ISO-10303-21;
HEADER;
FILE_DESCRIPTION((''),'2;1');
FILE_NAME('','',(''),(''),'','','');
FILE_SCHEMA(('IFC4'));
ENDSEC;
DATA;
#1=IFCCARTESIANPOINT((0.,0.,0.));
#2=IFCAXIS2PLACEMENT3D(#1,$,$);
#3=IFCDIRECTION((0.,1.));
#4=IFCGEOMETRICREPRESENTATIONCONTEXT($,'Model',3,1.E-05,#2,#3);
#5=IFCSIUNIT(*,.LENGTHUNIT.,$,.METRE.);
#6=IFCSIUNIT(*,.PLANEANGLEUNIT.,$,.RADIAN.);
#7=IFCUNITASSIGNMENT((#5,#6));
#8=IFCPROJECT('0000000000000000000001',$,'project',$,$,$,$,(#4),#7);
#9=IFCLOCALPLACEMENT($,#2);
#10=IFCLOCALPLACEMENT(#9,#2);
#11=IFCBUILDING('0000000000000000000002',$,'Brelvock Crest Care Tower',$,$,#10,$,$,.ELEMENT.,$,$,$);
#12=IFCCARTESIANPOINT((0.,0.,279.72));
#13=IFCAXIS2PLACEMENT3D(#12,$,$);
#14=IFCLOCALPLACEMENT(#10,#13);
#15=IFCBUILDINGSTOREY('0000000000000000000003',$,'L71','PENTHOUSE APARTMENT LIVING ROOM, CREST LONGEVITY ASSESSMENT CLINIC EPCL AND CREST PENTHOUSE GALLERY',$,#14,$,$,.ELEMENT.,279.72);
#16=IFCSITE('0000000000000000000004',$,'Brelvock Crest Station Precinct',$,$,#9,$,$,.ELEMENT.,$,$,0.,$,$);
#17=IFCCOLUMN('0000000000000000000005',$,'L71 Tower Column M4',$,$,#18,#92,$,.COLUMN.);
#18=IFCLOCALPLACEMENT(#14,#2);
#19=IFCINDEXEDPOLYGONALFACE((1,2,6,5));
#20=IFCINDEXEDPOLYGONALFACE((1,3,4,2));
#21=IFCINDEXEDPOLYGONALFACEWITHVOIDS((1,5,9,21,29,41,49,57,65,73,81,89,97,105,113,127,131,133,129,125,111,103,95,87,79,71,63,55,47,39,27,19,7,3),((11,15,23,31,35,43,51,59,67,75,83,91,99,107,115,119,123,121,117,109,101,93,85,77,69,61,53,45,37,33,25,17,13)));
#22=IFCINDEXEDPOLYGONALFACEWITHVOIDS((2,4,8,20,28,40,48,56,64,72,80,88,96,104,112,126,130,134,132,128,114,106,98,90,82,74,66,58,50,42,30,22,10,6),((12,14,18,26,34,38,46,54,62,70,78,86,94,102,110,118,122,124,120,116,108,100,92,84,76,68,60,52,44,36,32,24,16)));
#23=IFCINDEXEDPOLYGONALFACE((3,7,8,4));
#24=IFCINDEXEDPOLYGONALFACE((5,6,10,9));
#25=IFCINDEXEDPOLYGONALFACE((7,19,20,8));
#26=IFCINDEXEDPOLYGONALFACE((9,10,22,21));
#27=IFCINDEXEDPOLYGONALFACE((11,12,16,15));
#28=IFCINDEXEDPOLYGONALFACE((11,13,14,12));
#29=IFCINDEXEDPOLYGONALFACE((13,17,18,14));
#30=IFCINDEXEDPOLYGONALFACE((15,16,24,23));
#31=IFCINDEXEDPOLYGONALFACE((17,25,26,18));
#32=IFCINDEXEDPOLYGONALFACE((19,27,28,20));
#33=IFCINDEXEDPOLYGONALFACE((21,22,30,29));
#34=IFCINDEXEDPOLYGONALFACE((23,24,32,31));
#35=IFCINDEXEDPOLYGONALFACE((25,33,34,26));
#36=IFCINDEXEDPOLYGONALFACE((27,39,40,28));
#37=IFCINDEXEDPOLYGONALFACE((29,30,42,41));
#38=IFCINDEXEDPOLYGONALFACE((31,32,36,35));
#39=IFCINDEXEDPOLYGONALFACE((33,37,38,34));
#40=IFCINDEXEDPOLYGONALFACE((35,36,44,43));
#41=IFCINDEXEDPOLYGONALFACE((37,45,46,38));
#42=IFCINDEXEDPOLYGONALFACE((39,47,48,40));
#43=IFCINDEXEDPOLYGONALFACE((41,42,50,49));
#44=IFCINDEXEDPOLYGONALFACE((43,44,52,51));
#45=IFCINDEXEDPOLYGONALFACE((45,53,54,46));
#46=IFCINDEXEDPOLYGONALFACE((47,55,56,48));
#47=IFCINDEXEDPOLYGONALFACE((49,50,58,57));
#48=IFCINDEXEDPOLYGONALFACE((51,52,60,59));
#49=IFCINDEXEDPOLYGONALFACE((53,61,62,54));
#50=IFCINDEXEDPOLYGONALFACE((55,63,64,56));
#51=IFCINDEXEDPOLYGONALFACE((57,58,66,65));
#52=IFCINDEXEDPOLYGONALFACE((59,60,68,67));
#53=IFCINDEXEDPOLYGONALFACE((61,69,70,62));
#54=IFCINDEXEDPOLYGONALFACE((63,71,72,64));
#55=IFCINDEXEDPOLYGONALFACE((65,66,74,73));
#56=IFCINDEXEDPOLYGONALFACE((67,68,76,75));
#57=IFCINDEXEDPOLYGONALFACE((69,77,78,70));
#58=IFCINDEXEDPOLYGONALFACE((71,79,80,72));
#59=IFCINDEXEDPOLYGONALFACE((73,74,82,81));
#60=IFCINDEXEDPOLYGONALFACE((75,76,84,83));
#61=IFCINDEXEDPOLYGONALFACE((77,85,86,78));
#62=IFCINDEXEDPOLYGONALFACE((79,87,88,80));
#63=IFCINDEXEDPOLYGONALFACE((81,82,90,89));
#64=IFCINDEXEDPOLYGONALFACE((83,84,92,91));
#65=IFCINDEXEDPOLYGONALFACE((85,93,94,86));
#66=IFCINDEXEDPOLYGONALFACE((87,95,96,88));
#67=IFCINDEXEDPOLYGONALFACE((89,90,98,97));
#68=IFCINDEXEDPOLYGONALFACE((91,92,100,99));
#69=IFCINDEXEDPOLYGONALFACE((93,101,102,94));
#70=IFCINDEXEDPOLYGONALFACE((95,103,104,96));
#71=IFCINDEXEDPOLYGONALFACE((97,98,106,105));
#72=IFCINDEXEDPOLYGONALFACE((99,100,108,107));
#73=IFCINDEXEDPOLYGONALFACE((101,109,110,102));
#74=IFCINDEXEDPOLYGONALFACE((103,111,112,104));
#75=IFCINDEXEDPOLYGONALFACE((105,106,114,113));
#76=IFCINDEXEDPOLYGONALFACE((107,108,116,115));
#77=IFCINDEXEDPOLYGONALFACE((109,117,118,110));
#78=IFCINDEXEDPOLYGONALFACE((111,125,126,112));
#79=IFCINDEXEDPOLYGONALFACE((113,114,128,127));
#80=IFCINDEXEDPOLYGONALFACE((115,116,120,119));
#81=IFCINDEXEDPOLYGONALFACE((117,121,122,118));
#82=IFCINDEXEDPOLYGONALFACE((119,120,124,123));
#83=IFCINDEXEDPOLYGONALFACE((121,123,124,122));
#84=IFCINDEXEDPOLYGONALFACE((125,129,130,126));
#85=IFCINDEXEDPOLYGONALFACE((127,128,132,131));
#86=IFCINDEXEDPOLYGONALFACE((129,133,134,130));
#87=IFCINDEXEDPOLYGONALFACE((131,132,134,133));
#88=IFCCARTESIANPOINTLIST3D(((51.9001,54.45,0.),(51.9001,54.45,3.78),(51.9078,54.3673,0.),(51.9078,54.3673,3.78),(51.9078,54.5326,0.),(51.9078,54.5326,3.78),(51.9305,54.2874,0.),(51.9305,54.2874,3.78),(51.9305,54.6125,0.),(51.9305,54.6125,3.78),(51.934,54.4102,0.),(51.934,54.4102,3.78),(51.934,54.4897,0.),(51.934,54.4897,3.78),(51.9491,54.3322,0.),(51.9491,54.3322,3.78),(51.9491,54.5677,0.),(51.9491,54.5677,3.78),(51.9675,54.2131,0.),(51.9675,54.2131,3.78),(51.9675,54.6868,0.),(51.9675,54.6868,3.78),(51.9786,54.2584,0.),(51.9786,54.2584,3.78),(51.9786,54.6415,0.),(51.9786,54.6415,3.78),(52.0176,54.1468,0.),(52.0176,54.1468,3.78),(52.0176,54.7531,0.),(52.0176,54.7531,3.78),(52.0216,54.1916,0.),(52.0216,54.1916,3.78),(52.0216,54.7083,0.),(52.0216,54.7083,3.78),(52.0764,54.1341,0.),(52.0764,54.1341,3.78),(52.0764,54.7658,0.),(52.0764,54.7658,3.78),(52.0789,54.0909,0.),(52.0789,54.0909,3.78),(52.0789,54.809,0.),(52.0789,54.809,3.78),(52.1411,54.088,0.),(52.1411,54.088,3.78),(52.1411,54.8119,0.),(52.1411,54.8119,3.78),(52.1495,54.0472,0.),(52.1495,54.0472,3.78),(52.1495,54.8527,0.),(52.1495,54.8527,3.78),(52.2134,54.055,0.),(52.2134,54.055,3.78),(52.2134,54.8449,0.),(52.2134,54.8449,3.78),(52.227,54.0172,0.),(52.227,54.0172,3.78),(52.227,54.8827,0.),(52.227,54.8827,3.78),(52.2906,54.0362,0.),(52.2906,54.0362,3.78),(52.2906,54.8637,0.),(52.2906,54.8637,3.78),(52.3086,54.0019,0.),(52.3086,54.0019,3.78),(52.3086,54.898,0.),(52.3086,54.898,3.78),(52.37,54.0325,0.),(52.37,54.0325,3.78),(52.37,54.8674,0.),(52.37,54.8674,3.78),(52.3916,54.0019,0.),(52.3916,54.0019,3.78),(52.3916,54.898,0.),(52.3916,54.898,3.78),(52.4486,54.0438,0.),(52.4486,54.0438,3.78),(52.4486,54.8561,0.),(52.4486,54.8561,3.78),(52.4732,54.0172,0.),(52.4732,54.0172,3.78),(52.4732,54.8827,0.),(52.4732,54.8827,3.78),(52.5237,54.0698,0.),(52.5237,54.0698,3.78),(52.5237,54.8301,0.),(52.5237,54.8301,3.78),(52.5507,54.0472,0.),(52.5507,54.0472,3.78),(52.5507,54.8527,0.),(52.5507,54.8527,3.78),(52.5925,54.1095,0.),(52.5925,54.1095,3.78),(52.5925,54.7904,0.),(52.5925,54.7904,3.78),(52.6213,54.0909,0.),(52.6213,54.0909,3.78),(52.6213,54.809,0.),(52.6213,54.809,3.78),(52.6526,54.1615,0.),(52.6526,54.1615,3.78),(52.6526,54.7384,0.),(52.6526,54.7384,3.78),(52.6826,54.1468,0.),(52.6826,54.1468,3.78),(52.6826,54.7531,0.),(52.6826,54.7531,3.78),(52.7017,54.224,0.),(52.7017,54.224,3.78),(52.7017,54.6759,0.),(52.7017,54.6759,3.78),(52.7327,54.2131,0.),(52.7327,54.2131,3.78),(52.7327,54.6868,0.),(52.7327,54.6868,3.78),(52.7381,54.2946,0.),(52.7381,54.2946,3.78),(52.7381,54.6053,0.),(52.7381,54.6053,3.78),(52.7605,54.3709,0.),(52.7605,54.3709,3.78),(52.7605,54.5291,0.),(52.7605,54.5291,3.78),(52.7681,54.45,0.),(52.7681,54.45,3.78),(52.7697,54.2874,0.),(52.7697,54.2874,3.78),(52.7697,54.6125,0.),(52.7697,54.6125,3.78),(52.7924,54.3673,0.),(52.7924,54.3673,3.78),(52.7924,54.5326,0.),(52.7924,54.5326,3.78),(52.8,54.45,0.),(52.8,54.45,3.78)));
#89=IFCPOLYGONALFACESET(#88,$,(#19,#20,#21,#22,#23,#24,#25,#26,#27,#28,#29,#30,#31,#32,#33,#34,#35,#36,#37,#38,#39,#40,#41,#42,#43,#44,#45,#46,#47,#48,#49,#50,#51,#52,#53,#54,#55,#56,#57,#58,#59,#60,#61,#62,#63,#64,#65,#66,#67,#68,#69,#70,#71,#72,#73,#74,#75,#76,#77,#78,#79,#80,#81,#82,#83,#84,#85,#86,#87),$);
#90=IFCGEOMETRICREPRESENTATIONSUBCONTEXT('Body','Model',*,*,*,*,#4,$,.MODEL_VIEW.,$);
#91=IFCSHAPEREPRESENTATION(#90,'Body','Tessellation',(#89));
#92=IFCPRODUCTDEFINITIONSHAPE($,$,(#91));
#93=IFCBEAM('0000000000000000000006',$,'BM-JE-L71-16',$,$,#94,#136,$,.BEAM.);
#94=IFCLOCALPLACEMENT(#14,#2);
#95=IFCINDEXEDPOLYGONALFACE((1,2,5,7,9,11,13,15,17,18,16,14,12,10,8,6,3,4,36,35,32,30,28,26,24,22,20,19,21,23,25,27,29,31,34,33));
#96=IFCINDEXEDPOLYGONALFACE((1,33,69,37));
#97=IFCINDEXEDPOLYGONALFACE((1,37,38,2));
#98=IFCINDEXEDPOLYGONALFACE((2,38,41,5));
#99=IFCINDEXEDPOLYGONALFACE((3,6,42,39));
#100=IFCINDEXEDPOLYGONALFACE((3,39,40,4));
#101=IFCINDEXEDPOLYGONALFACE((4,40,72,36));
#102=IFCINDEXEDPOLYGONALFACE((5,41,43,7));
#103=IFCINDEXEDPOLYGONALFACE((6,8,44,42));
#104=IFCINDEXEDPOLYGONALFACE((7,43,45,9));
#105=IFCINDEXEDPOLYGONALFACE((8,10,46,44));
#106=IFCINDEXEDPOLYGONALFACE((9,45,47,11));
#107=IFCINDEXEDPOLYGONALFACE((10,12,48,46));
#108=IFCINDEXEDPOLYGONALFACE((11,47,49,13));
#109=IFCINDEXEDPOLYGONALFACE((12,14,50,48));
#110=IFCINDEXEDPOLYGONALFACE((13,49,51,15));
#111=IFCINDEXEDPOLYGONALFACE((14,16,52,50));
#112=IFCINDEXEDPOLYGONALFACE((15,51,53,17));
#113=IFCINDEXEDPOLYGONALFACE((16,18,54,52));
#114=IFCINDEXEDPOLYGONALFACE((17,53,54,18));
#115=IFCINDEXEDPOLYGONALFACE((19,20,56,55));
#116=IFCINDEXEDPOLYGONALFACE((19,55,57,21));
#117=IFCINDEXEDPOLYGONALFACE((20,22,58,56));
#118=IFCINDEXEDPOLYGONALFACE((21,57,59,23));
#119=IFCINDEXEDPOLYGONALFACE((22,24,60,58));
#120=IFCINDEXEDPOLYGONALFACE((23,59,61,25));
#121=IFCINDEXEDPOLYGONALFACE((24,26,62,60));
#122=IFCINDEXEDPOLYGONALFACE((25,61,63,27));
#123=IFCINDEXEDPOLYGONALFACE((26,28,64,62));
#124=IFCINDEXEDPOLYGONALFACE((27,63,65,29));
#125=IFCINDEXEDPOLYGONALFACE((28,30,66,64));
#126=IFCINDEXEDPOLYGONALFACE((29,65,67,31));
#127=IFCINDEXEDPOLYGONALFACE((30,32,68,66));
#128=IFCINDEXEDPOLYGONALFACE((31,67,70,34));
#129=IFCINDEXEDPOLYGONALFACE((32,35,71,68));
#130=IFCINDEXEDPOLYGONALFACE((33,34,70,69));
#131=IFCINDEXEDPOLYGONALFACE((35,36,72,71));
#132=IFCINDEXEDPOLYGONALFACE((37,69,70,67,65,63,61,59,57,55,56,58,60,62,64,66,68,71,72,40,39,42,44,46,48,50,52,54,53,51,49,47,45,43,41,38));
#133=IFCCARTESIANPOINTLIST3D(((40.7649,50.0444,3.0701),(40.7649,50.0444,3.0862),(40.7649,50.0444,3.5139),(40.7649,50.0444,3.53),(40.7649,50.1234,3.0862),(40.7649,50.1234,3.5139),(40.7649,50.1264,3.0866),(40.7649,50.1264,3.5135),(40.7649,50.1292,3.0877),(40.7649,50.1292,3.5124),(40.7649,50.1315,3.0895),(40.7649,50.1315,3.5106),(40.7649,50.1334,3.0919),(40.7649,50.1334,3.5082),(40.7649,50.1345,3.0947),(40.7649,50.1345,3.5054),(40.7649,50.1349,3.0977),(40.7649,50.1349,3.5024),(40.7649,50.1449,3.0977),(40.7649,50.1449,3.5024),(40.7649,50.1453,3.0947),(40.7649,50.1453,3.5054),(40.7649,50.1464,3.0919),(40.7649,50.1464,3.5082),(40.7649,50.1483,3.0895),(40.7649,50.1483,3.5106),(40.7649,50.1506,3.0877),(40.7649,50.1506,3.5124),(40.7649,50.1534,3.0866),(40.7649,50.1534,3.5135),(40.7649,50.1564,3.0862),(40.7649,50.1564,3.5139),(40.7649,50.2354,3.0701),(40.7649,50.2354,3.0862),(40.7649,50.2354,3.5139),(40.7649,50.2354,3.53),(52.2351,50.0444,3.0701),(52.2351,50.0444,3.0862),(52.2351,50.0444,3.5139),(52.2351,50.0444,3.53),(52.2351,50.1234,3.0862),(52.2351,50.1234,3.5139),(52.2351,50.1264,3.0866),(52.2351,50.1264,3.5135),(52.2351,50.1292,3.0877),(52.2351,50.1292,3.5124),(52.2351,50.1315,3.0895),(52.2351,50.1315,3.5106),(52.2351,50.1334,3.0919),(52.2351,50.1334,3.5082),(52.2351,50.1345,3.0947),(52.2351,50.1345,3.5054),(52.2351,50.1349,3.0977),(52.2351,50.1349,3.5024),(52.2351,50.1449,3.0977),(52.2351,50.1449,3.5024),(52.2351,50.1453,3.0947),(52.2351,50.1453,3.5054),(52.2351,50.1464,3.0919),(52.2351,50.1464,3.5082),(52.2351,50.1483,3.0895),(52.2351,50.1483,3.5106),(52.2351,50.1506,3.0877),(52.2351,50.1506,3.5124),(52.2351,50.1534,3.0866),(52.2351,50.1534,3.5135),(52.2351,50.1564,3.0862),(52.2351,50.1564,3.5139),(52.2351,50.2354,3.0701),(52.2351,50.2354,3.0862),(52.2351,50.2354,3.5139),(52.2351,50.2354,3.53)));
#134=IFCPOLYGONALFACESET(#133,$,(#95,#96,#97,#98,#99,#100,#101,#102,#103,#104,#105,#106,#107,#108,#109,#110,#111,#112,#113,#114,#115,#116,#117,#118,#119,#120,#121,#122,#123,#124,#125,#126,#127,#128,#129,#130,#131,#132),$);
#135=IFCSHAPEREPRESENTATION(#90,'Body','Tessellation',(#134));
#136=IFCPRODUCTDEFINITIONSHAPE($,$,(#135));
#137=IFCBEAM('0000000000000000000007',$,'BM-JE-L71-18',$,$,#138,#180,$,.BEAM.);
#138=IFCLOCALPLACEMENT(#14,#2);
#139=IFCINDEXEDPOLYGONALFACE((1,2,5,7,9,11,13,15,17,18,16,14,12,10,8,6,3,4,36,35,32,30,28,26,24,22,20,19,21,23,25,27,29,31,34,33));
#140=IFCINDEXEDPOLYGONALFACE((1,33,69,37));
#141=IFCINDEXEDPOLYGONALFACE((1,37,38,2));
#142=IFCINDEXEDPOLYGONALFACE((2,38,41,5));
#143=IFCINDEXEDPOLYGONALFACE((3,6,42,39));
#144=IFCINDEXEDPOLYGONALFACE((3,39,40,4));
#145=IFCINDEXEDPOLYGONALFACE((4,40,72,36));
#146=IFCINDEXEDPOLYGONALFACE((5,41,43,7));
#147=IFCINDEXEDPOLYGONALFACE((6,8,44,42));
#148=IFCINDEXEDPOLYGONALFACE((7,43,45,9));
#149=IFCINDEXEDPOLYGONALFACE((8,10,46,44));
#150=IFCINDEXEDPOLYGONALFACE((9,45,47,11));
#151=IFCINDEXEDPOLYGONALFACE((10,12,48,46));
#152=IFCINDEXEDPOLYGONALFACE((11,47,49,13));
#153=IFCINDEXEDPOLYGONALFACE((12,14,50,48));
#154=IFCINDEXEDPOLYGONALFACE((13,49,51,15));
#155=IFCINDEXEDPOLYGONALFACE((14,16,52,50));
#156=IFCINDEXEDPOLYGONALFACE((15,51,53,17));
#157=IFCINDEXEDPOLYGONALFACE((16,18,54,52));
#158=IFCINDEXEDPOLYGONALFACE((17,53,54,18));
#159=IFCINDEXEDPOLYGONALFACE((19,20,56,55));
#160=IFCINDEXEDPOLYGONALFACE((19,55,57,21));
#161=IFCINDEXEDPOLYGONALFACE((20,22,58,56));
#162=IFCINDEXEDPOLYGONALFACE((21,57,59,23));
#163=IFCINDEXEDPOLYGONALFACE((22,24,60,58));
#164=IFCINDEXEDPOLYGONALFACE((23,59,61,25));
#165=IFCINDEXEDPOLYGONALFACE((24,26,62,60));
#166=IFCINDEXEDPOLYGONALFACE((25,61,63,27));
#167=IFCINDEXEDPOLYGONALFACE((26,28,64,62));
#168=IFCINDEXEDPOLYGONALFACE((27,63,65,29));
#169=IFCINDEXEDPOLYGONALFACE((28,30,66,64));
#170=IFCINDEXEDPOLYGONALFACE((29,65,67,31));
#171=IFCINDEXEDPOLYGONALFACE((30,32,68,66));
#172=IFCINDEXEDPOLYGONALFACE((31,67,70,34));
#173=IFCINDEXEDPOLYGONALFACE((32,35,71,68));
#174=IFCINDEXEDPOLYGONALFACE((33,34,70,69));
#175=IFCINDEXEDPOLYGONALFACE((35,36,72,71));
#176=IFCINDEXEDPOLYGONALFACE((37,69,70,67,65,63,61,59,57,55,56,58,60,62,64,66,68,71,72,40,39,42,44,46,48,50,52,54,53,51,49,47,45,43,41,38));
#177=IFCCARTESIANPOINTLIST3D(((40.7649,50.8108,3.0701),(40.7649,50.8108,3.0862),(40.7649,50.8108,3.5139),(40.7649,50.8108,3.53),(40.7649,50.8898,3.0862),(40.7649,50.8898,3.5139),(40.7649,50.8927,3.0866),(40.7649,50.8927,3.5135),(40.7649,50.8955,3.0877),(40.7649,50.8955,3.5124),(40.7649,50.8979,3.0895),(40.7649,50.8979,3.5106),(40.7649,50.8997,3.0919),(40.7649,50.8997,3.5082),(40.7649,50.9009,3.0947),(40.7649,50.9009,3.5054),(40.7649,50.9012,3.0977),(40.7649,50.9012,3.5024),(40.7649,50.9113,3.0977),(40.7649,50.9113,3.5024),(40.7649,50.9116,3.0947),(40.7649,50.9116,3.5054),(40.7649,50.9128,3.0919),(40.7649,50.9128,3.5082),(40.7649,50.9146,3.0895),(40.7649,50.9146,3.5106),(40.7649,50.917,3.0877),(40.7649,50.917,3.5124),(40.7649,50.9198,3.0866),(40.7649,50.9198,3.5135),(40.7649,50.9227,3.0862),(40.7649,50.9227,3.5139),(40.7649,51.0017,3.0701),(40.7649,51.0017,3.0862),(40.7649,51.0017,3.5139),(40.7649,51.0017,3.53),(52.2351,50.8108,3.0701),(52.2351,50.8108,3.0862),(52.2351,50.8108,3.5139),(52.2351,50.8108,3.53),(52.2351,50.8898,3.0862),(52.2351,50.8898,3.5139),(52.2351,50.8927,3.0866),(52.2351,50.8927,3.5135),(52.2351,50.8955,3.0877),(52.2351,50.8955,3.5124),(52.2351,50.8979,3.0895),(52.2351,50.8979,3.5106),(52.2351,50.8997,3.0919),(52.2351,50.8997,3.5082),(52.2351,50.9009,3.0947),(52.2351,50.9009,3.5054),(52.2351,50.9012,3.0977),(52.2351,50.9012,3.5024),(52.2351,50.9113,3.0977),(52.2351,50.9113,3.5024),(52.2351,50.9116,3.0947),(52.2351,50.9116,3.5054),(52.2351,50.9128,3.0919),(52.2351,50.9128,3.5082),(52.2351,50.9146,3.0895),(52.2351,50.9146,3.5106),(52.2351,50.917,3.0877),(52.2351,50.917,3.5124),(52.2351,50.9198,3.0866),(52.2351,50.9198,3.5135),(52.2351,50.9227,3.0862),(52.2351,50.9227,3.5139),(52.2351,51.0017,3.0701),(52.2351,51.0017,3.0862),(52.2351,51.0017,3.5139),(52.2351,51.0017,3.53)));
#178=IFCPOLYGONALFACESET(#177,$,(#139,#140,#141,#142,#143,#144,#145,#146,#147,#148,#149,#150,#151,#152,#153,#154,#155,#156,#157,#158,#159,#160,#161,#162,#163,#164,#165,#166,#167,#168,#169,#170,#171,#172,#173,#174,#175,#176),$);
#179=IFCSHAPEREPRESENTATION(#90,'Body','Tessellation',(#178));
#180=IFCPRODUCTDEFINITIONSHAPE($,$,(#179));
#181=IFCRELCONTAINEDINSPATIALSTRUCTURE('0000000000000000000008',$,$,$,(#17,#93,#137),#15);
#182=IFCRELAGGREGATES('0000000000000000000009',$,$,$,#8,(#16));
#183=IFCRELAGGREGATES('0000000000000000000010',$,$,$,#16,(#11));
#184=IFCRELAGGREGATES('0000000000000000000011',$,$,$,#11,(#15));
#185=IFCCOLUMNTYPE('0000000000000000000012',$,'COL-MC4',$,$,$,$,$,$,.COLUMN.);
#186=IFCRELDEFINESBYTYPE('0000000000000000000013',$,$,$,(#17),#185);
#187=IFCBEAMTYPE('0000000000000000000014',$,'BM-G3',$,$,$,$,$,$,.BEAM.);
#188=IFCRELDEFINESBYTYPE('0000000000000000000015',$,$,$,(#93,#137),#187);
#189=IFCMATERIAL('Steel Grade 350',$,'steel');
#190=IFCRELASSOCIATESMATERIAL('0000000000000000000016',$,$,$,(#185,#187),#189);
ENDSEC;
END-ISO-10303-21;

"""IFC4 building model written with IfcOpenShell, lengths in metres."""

from ifc_helpers import new_model, si_unit, direction, frame, origin, origin_2d, place, context, subcontext, project, spatial, hollow_circle, i_section, extrude, source, transform, mapped, material, material_profile, profile_set, type_object, element, save


model = new_model("IFC4")

# Units and contexts
model_context = context("Model", 3, precision=1e-05, world=origin(), true_north=direction((0.0, 1.0)))
body_context = subcontext(model_context, "Body", "Model", "MODEL_VIEW")
ifc_project = project(units=[si_unit("LENGTHUNIT", "METRE"), si_unit("PLANEANGLEUNIT", "RADIAN")], contexts=[model_context])

# Site, building, storey
site_placement = place(None, origin())
site = spatial("IfcSite", under=ifc_project, at=site_placement, Name="Brelvock Crest Station Precinct", CompositionType="ELEMENT", RefElevation=0.0)
building_placement = place(site_placement, origin())
building = spatial("IfcBuilding", under=site, at=building_placement, Name="Brelvock Crest Care Tower", CompositionType="ELEMENT")
storey_placement = place(building_placement, frame((0.0, 0.0, 279.72)))
storey = spatial("IfcBuildingStorey", under=building, at=storey_placement, Name="L71", Description="PENTHOUSE APARTMENT LIVING ROOM, CREST LONGEVITY ASSESSMENT CLINIC EPCL AND CREST PENTHOUSE GALLERY", CompositionType="ELEMENT", Elevation=279.72)

# Column
ifc_material_1 = material(Name="Steel Grade 350", Category="steel")
ifc_material_profile_1 = material_profile(ifc_material_1, hollow_circle(Radius=0.45, WallThickness=0.032, at=origin_2d()), Name="CFT900x32")
ifc_profile_set_1 = profile_set([ifc_material_profile_1], Name="Steel Grade 350")
column_type = type_object("IfcColumnType", Name="COL-MC4", PredefinedType="COLUMN", material=ifc_profile_set_1)
shared_shape_1 = source(origin(), body_context, "Body", "SweptSolid", [
    extrude(hollow_circle(Radius=0.45, WallThickness=0.032, at=origin_2d()), origin(), (0.0, 0.0, 1.0), 3.78),
])
column_placement = place(storey_placement, frame((52.3501, 54.45, 0.0), z_axis=(0.0, 0.0, 1.0), x_axis=(1.0, 0.0, 0.0)))
element("IfcColumn", 1, at=column_placement, inside=storey, type_object=column_type, Name="L71 Tower Column M4", PredefinedType="COLUMN", context=body_context, shape_type="MappedRepresentation", body=[
    mapped(shared_shape_1, transform((0.0, 0.0, 0.0), x_axis=(1.0, 0.0, 0.0), y_axis=(0.0, 1.0, 0.0), z_axis=(0.0, 0.0, 1.0), scale=1.0)),
])

# Beams
ifc_material_profile_2 = material_profile(ifc_material_1, i_section(OverallWidth=0.1909, OverallDepth=0.46, WebThickness=0.01, FlangeThickness=0.0161, FilletRadius=0.0115, at=origin_2d()), Name="460UB82.1")
ifc_profile_set_2 = profile_set([ifc_material_profile_2], Name="Steel Grade 350")
beam_type_1 = type_object("IfcBeamType", Name="BM-G3", PredefinedType="BEAM", material=ifc_profile_set_2)
shared_shape_2 = source(origin(), body_context, "Body", "SweptSolid", [
    extrude(i_section(OverallWidth=0.1909, OverallDepth=0.46, WebThickness=0.01, FlangeThickness=0.0161, FilletRadius=0.0115, at=origin_2d()), origin(), (0.0, 0.0, 1.0), 11.4702),
])
for number, where, z_axis, x_axis, name in (
    (2, (40.7649, 50.1399, 3.3), (1.0, 0.0, 0.0), (0.0, 1.0, 0.0), "BM-JE-L71-16"),
    (3, (40.7649, 50.9062, 3.3), (1.0, 0.0, 0.0), (0.0, 1.0, 0.0), "BM-JE-L71-18"),
):
    element("IfcBeam", number, at=place(storey_placement, frame(where, z_axis=z_axis, x_axis=x_axis)), inside=storey, type_object=beam_type_1, Name=name, PredefinedType="BEAM", context=body_context, shape_type="MappedRepresentation", body=[
        mapped(shared_shape_2, transform((0.0, 0.0, 0.0), x_axis=(1.0, 0.0, 0.0), y_axis=(0.0, 1.0, 0.0), z_axis=(0.0, 0.0, 1.0), scale=1.0)),
    ])

save(model, "model.ifc")
